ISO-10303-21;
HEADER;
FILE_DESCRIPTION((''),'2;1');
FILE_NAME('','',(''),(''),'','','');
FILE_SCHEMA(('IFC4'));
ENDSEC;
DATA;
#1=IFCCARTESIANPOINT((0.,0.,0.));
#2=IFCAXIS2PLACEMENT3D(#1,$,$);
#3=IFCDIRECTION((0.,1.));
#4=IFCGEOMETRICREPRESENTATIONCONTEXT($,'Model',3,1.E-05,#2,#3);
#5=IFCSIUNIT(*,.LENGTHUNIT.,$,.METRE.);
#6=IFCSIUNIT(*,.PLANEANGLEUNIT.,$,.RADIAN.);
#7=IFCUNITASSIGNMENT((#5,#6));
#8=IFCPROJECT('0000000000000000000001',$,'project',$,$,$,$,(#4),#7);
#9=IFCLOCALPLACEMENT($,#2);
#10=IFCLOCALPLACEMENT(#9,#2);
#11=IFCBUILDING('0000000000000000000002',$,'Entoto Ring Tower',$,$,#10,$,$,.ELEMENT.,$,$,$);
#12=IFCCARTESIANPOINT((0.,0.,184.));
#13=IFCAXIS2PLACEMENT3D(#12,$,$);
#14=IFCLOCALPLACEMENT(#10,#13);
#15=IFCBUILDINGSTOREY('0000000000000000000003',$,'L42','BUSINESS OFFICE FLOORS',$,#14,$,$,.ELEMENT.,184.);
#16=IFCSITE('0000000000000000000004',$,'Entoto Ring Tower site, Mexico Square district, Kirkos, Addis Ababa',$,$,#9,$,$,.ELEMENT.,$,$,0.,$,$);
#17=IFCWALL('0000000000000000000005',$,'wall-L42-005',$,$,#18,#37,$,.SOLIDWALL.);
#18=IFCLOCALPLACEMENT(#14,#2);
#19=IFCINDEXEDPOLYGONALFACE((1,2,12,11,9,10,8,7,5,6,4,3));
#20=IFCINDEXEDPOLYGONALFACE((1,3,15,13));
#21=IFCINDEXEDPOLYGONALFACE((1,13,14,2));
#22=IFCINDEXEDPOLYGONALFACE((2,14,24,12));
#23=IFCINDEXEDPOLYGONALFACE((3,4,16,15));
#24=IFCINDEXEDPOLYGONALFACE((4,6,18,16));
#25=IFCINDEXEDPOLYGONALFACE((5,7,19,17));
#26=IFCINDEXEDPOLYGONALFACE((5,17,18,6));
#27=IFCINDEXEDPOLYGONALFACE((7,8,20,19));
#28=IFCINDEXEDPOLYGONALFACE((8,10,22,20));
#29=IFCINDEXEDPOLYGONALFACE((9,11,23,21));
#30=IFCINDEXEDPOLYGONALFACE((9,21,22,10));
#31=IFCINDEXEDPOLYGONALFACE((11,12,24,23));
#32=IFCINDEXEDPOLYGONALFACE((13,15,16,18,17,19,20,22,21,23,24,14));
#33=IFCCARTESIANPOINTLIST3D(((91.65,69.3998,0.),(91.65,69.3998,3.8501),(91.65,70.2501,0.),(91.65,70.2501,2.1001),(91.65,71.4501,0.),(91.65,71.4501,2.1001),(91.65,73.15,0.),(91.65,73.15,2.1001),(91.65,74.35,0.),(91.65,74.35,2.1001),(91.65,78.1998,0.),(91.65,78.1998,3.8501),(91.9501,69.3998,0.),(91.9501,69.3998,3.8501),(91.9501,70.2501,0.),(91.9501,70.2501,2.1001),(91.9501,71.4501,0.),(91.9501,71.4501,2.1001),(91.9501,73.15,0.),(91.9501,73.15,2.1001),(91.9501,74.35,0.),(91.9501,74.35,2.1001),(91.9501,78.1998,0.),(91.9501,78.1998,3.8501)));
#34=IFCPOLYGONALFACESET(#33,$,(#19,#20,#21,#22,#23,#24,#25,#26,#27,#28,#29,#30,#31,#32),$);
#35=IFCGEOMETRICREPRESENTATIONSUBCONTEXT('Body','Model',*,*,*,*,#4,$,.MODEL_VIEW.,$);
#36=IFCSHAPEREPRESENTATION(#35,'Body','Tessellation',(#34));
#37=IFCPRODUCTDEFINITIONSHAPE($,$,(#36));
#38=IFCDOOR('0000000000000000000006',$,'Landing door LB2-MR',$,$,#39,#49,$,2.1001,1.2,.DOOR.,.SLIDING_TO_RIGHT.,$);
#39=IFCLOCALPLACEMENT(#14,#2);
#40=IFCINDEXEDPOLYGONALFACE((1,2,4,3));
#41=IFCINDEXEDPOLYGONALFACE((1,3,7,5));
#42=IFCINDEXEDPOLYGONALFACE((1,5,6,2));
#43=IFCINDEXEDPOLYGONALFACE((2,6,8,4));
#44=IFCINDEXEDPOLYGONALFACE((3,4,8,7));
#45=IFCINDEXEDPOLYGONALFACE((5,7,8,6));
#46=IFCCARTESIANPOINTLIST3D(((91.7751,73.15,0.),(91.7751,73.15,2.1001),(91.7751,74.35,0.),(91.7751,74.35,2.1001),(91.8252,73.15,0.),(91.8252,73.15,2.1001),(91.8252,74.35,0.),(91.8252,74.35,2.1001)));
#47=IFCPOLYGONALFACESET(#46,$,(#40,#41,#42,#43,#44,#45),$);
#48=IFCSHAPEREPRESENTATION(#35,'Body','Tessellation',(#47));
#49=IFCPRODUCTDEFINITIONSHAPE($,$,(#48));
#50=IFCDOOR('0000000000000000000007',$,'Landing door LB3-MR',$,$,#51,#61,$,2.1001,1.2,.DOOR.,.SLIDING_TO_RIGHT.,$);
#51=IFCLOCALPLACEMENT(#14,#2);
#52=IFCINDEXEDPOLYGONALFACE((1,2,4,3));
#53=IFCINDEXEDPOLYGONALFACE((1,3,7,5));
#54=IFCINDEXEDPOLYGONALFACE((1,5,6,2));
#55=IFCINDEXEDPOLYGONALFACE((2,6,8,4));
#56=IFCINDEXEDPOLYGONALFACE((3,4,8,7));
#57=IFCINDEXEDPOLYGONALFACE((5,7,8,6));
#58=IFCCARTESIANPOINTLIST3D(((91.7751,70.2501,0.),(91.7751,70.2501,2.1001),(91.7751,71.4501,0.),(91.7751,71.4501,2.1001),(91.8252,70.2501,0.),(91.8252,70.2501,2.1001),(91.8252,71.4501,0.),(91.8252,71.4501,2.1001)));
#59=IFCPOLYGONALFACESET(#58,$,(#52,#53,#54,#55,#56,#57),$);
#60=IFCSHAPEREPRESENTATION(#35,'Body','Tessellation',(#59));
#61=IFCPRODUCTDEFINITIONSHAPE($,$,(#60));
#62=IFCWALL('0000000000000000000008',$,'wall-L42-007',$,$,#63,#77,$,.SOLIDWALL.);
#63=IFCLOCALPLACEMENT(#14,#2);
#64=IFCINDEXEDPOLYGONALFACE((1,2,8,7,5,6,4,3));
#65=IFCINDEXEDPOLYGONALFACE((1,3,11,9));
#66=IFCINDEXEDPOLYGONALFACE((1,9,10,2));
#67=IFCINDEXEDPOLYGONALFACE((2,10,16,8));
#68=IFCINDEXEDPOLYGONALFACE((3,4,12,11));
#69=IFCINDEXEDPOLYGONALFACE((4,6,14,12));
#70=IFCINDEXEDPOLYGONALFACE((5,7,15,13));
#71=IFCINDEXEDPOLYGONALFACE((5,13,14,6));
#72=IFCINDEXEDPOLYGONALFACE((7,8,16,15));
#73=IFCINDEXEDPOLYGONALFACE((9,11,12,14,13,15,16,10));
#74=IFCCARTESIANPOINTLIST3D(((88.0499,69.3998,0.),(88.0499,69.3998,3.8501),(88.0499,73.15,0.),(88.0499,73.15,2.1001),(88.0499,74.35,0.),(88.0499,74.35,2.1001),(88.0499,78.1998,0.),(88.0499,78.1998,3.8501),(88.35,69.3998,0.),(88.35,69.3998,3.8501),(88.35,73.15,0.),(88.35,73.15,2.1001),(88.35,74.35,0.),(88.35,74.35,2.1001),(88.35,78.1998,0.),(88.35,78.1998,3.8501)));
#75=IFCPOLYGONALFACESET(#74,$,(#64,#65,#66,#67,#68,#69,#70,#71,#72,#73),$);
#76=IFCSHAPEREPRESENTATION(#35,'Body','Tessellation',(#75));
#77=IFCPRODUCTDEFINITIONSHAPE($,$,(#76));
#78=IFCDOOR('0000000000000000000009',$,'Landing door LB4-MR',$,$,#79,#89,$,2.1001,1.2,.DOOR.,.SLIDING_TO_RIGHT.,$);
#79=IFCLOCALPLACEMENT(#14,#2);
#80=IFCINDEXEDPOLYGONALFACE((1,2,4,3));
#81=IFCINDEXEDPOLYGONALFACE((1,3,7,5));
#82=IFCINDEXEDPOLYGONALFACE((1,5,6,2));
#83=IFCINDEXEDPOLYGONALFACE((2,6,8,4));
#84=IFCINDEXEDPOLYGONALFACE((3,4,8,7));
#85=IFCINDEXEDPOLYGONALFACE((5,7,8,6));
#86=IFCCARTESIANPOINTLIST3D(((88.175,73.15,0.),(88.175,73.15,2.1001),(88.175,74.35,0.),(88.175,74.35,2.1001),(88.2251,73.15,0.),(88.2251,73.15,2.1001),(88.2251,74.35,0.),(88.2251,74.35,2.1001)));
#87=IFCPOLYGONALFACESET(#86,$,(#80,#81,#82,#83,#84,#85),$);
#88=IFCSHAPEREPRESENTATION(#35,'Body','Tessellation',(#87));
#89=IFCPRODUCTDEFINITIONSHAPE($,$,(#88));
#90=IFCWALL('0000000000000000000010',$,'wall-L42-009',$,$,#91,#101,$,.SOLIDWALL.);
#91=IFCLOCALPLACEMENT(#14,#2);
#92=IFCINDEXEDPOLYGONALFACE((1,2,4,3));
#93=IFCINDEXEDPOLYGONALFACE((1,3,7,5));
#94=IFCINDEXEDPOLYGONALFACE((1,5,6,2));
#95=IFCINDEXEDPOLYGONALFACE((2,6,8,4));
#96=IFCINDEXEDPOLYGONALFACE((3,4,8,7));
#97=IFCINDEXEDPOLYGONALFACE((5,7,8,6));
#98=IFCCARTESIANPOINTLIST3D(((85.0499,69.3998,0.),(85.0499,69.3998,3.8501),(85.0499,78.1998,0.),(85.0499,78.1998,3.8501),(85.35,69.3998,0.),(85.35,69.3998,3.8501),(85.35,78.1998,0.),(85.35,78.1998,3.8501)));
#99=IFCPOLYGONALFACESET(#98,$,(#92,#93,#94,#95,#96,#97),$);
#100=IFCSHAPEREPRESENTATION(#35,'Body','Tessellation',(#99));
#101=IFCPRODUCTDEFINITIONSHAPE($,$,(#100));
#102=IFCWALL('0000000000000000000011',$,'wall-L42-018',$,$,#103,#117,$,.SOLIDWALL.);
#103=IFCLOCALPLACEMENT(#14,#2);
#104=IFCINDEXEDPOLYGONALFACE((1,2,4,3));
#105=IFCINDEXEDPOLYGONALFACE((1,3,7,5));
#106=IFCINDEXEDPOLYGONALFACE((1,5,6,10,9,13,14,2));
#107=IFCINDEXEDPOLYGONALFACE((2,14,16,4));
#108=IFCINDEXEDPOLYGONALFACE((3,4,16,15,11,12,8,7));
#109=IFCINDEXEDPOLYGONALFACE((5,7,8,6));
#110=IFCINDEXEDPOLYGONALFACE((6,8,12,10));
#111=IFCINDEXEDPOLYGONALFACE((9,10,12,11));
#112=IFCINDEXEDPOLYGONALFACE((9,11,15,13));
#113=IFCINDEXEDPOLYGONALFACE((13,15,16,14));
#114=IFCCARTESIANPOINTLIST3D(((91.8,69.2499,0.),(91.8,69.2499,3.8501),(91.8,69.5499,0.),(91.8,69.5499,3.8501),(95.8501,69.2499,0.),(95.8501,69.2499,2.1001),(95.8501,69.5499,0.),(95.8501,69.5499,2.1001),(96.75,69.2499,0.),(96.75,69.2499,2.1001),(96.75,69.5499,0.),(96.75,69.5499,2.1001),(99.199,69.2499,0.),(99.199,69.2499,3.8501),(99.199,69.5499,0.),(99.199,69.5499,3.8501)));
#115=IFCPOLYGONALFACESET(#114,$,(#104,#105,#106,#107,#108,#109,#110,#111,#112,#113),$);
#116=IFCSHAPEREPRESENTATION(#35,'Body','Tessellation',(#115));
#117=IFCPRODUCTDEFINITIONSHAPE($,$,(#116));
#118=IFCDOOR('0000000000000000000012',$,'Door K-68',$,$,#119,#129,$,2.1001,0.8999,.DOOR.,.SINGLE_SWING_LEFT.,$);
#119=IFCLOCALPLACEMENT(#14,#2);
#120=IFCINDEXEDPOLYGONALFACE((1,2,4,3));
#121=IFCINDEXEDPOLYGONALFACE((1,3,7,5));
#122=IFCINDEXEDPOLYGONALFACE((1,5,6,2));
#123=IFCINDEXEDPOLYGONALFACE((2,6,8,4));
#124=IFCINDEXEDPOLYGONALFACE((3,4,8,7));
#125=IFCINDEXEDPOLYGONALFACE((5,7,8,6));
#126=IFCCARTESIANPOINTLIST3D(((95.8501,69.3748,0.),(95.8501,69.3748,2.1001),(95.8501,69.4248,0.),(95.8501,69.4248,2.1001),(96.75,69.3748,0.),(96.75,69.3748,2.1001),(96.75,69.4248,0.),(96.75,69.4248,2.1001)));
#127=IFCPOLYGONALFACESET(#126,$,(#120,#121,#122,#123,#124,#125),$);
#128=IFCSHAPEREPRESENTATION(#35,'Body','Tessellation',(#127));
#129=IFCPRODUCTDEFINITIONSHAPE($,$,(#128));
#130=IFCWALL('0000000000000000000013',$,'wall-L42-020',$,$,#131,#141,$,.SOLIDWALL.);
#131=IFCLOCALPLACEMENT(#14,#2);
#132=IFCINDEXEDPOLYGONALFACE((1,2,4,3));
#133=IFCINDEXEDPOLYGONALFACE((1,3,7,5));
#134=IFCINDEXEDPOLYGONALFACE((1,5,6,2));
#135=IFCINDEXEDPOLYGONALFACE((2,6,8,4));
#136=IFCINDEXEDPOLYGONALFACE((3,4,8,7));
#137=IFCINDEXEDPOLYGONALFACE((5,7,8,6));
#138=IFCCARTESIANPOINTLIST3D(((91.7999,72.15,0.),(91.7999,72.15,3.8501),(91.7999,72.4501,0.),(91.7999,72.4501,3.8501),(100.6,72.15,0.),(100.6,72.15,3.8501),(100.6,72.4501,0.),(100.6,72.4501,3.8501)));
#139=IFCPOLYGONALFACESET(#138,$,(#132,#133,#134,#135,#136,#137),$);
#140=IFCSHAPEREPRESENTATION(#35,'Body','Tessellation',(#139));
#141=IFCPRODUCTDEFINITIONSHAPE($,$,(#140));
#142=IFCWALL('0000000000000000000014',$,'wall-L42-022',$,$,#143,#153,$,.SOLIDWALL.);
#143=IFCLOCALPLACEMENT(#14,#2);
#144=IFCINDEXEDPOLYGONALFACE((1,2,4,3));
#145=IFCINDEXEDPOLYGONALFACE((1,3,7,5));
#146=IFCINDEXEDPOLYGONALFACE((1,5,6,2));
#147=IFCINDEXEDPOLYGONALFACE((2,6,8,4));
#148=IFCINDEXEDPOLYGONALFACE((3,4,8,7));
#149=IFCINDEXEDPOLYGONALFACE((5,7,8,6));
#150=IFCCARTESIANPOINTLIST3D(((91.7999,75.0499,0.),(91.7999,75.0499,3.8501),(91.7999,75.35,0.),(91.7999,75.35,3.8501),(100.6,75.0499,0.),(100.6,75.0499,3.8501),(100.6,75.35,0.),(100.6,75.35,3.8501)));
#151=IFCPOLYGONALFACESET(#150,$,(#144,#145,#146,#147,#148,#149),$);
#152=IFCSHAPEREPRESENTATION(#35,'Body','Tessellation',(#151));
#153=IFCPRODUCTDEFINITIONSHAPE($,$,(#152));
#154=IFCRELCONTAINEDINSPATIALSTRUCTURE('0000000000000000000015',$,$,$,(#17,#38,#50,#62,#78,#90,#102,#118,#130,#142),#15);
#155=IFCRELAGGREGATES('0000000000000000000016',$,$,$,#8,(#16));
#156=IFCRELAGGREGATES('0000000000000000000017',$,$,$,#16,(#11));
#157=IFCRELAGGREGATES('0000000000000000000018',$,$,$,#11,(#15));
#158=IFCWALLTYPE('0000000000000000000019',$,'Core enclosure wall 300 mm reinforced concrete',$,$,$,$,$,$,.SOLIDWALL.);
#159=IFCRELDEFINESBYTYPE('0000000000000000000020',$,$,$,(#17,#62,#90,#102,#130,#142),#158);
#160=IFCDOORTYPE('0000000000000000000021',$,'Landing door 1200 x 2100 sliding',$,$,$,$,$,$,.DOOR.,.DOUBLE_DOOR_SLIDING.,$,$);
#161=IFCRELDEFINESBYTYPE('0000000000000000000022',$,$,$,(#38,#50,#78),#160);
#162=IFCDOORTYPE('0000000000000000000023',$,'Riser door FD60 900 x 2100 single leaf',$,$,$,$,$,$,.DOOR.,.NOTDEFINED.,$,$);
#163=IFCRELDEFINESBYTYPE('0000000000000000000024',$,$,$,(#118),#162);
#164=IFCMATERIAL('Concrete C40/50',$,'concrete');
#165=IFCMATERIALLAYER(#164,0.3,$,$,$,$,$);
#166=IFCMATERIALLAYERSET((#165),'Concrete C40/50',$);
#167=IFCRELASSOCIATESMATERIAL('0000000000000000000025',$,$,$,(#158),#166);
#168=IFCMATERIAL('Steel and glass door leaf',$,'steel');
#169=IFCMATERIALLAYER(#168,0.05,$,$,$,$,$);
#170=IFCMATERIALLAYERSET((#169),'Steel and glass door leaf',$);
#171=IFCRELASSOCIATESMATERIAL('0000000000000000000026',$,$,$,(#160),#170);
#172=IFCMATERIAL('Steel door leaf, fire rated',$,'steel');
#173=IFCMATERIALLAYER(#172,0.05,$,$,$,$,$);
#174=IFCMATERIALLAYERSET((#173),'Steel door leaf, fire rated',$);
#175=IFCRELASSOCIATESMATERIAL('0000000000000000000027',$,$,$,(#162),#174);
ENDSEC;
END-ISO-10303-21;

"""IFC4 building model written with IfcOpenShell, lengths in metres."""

from ifc_helpers import new_model, si_unit, direction, frame, frame_2d, origin, place, context, subcontext, project, spatial, rectangle, extrude, material, layer, layer_set, type_object, element, fill, save


model = new_model("IFC4")

# Units and contexts
model_context = context("Model", 3, precision=1e-05, world=origin(), true_north=direction((0.0, 1.0)))
body_context = subcontext(model_context, "Body", "Model", "MODEL_VIEW")
ifc_project = project(units=[si_unit("LENGTHUNIT", "METRE"), si_unit("PLANEANGLEUNIT", "RADIAN")], contexts=[model_context])

# Site, building, storey
site_placement = place(None, origin())
site = spatial("IfcSite", under=ifc_project, at=site_placement, Name="Entoto Ring Tower site, Mexico Square district, Kirkos, Addis Ababa", CompositionType="ELEMENT", RefElevation=0.0)
building_placement = place(site_placement, origin())
building = spatial("IfcBuilding", under=site, at=building_placement, Name="Entoto Ring Tower", CompositionType="ELEMENT")
storey_placement = place(building_placement, frame((0.0, 0.0, 184.0)))
storey = spatial("IfcBuildingStorey", under=building, at=storey_placement, Name="L42", Description="BUSINESS OFFICE FLOORS", CompositionType="ELEMENT", Elevation=184.0)

# Shared definitions
ifc_material_1 = material(Name="Concrete C40/50", Category="concrete")
ifc_layer_1 = layer(ifc_material_1, 0.3)
ifc_layer_set_1 = layer_set([ifc_layer_1], Name="Concrete C40/50")
wall_type_1 = type_object("IfcWallType", Name="Core enclosure wall 300 mm reinforced concrete", PredefinedType="SOLIDWALL", material=ifc_layer_set_1)

# Wall, openings, doors
wall_1_placement = place(storey_placement, frame((91.8, 69.3999, 0.0), z_axis=(0.0, 0.0, 1.0), x_axis=(0.0, 1.0, 0.0)))
wall_1 = element("IfcWall", 1, at=wall_1_placement, inside=storey, type_object=wall_type_1, Name="wall-L42-005", PredefinedType="SOLIDWALL", context=body_context, shape_type="SweptSolid", body=[
    extrude(rectangle(XDim=8.8, YDim=0.3, at=frame_2d((4.3999, 0.0))), origin(), (0.0, 0.0, 1.0), 3.8501),
])
opening_1_placement = place(wall_1_placement, frame((3.75, 0.0, 0.0)))
opening_1 = element("IfcOpeningElement", 2, at=opening_1_placement, cuts=wall_1, PredefinedType="OPENING", context=body_context, shape_type="SweptSolid", body=[
    extrude(rectangle(XDim=1.2, YDim=2.1001, at=frame_2d((0.6001, 1.05))), frame((0.0, 0.1602, 0.0), z_axis=(0.0, -1.0, 0.0), x_axis=(1.0, 0.0, 0.0)), (0.0, 0.0, 1.0), 0.3201),
])
opening_2_placement = place(wall_1_placement, frame((0.8501, 0.0, 0.0)))
opening_2 = element("IfcOpeningElement", 3, at=opening_2_placement, cuts=wall_1, PredefinedType="OPENING", context=body_context, shape_type="SweptSolid", body=[
    extrude(rectangle(XDim=1.2, YDim=2.1001, at=frame_2d((0.6001, 1.05))), frame((0.0, 0.1602, 0.0), z_axis=(0.0, -1.0, 0.0), x_axis=(1.0, 0.0, 0.0)), (0.0, 0.0, 1.0), 0.3201),
])
ifc_material_2 = material(Name="Steel and glass door leaf", Category="steel")
ifc_layer_2 = layer(ifc_material_2, 0.05)
ifc_layer_set_2 = layer_set([ifc_layer_2], Name="Steel and glass door leaf")
door_type_1 = type_object("IfcDoorType", Name="Landing door 1200 x 2100 sliding", OperationType="DOUBLE_DOOR_SLIDING", PredefinedType="DOOR", material=ifc_layer_set_2)
door_1_placement = place(opening_1_placement, origin())
door_1 = element("IfcDoor", 4, at=door_1_placement, inside=storey, type_object=door_type_1, Name="Landing door LB2-MR", OperationType="SLIDING_TO_RIGHT", OverallHeight=2.1001, OverallWidth=1.2, PredefinedType="DOOR", context=body_context, shape_type="SweptSolid", body=[
    extrude(rectangle(XDim=1.2, YDim=2.1001, at=frame_2d((0.6001, 1.05))), frame((0.0, 0.0249, 0.0), z_axis=(0.0, -1.0, 0.0), x_axis=(1.0, 0.0, 0.0)), (0.0, 0.0, 1.0), 0.05),
])
fill(opening_1, door_1)
door_2_placement = place(opening_2_placement, origin())
door_2 = element("IfcDoor", 5, at=door_2_placement, inside=storey, type_object=door_type_1, Name="Landing door LB3-MR", OperationType="SLIDING_TO_RIGHT", OverallHeight=2.1001, OverallWidth=1.2, PredefinedType="DOOR", context=body_context, shape_type="SweptSolid", body=[
    extrude(rectangle(XDim=1.2, YDim=2.1001, at=frame_2d((0.6001, 1.05))), frame((0.0, 0.0249, 0.0), z_axis=(0.0, -1.0, 0.0), x_axis=(1.0, 0.0, 0.0)), (0.0, 0.0, 1.0), 0.05),
])
fill(opening_2, door_2)

# Wall, opening, door
wall_2_placement = place(storey_placement, frame((88.2, 69.3999, 0.0), z_axis=(0.0, 0.0, 1.0), x_axis=(0.0, 1.0, 0.0)))
wall_2 = element("IfcWall", 6, at=wall_2_placement, inside=storey, type_object=wall_type_1, Name="wall-L42-007", PredefinedType="SOLIDWALL", context=body_context, shape_type="SweptSolid", body=[
    extrude(rectangle(XDim=8.8, YDim=0.3, at=frame_2d((4.3999, 0.0))), origin(), (0.0, 0.0, 1.0), 3.8501),
])
opening_3_placement = place(wall_2_placement, frame((3.75, 0.0, 0.0)))
opening_3 = element("IfcOpeningElement", 7, at=opening_3_placement, cuts=wall_2, PredefinedType="OPENING", context=body_context, shape_type="SweptSolid", body=[
    extrude(rectangle(XDim=1.2, YDim=2.1001, at=frame_2d((0.6001, 1.05))), frame((0.0, 0.1602, 0.0), z_axis=(0.0, -1.0, 0.0), x_axis=(1.0, 0.0, 0.0)), (0.0, 0.0, 1.0), 0.3201),
])
door_3_placement = place(opening_3_placement, origin())
door_3 = element("IfcDoor", 8, at=door_3_placement, inside=storey, type_object=door_type_1, Name="Landing door LB4-MR", OperationType="SLIDING_TO_RIGHT", OverallHeight=2.1001, OverallWidth=1.2, PredefinedType="DOOR", context=body_context, shape_type="SweptSolid", body=[
    extrude(rectangle(XDim=1.2, YDim=2.1001, at=frame_2d((0.6001, 1.05))), frame((0.0, 0.0249, 0.0), z_axis=(0.0, -1.0, 0.0), x_axis=(1.0, 0.0, 0.0)), (0.0, 0.0, 1.0), 0.05),
])
fill(opening_3, door_3)

# Wall
wall_3_placement = place(storey_placement, frame((85.2, 69.3999, 0.0), z_axis=(0.0, 0.0, 1.0), x_axis=(0.0, 1.0, 0.0)))
element("IfcWall", 9, at=wall_3_placement, inside=storey, type_object=wall_type_1, Name="wall-L42-009", PredefinedType="SOLIDWALL", context=body_context, shape_type="SweptSolid", body=[
    extrude(rectangle(XDim=8.8, YDim=0.3, at=frame_2d((4.3999, 0.0))), origin(), (0.0, 0.0, 1.0), 3.8501),
])

# Wall, opening, door
wall_4_placement = place(storey_placement, frame((91.8, 69.3999, 0.0), z_axis=(0.0, 0.0, 1.0), x_axis=(1.0, 0.0, 0.0)))
wall_4 = element("IfcWall", 10, at=wall_4_placement, inside=storey, type_object=wall_type_1, Name="wall-L42-018", PredefinedType="SOLIDWALL", context=body_context, shape_type="SweptSolid", body=[
    extrude(rectangle(XDim=7.3989, YDim=0.3, at=frame_2d((3.6995, 0.0))), origin(), (0.0, 0.0, 1.0), 3.8501),
])
opening_4_placement = place(wall_4_placement, frame((4.05, 0.0, 0.0)))
opening_4 = element("IfcOpeningElement", 11, at=opening_4_placement, cuts=wall_4, PredefinedType="OPENING", context=body_context, shape_type="SweptSolid", body=[
    extrude(rectangle(XDim=0.8999, YDim=2.1001, at=frame_2d((0.45, 1.05))), frame((0.0, 0.1602, 0.0), z_axis=(0.0, -1.0, 0.0), x_axis=(1.0, 0.0, 0.0)), (0.0, 0.0, 1.0), 0.3201),
])
ifc_material_3 = material(Name="Steel door leaf, fire rated", Category="steel")
ifc_layer_3 = layer(ifc_material_3, 0.05)
ifc_layer_set_3 = layer_set([ifc_layer_3], Name="Steel door leaf, fire rated")
door_type_2 = type_object("IfcDoorType", Name="Riser door FD60 900 x 2100 single leaf", OperationType="NOTDEFINED", PredefinedType="DOOR", material=ifc_layer_set_3)
door_4_placement = place(opening_4_placement, origin())
door_4 = element("IfcDoor", 12, at=door_4_placement, inside=storey, type_object=door_type_2, Name="Door K-68", OperationType="SINGLE_SWING_LEFT", OverallHeight=2.1001, OverallWidth=0.8999, PredefinedType="DOOR", context=body_context, shape_type="SweptSolid", body=[
    extrude(rectangle(XDim=0.8999, YDim=2.1001, at=frame_2d((0.45, 1.05))), frame((0.0, 0.0249, 0.0), z_axis=(0.0, -1.0, 0.0), x_axis=(1.0, 0.0, 0.0)), (0.0, 0.0, 1.0), 0.05),
])
fill(opening_4, door_4)

# Walls
for number, where, z_axis, x_axis, name in (
    (13, (91.8, 72.3, 0.0), (0.0, 0.0, 1.0), (1.0, 0.0, 0.0), "wall-L42-020"),
    (14, (91.8, 75.2, 0.0), (0.0, 0.0, 1.0), (1.0, 0.0, 0.0), "wall-L42-022"),
):
    element("IfcWall", number, at=place(storey_placement, frame(where, z_axis=z_axis, x_axis=x_axis)), inside=storey, type_object=wall_type_1, Name=name, PredefinedType="SOLIDWALL", context=body_context, shape_type="SweptSolid", body=[
        extrude(rectangle(XDim=8.8, YDim=0.3, at=frame_2d((4.3999, 0.0))), origin(), (0.0, 0.0, 1.0), 3.8501),
    ])

save(model, "model.ifc")
